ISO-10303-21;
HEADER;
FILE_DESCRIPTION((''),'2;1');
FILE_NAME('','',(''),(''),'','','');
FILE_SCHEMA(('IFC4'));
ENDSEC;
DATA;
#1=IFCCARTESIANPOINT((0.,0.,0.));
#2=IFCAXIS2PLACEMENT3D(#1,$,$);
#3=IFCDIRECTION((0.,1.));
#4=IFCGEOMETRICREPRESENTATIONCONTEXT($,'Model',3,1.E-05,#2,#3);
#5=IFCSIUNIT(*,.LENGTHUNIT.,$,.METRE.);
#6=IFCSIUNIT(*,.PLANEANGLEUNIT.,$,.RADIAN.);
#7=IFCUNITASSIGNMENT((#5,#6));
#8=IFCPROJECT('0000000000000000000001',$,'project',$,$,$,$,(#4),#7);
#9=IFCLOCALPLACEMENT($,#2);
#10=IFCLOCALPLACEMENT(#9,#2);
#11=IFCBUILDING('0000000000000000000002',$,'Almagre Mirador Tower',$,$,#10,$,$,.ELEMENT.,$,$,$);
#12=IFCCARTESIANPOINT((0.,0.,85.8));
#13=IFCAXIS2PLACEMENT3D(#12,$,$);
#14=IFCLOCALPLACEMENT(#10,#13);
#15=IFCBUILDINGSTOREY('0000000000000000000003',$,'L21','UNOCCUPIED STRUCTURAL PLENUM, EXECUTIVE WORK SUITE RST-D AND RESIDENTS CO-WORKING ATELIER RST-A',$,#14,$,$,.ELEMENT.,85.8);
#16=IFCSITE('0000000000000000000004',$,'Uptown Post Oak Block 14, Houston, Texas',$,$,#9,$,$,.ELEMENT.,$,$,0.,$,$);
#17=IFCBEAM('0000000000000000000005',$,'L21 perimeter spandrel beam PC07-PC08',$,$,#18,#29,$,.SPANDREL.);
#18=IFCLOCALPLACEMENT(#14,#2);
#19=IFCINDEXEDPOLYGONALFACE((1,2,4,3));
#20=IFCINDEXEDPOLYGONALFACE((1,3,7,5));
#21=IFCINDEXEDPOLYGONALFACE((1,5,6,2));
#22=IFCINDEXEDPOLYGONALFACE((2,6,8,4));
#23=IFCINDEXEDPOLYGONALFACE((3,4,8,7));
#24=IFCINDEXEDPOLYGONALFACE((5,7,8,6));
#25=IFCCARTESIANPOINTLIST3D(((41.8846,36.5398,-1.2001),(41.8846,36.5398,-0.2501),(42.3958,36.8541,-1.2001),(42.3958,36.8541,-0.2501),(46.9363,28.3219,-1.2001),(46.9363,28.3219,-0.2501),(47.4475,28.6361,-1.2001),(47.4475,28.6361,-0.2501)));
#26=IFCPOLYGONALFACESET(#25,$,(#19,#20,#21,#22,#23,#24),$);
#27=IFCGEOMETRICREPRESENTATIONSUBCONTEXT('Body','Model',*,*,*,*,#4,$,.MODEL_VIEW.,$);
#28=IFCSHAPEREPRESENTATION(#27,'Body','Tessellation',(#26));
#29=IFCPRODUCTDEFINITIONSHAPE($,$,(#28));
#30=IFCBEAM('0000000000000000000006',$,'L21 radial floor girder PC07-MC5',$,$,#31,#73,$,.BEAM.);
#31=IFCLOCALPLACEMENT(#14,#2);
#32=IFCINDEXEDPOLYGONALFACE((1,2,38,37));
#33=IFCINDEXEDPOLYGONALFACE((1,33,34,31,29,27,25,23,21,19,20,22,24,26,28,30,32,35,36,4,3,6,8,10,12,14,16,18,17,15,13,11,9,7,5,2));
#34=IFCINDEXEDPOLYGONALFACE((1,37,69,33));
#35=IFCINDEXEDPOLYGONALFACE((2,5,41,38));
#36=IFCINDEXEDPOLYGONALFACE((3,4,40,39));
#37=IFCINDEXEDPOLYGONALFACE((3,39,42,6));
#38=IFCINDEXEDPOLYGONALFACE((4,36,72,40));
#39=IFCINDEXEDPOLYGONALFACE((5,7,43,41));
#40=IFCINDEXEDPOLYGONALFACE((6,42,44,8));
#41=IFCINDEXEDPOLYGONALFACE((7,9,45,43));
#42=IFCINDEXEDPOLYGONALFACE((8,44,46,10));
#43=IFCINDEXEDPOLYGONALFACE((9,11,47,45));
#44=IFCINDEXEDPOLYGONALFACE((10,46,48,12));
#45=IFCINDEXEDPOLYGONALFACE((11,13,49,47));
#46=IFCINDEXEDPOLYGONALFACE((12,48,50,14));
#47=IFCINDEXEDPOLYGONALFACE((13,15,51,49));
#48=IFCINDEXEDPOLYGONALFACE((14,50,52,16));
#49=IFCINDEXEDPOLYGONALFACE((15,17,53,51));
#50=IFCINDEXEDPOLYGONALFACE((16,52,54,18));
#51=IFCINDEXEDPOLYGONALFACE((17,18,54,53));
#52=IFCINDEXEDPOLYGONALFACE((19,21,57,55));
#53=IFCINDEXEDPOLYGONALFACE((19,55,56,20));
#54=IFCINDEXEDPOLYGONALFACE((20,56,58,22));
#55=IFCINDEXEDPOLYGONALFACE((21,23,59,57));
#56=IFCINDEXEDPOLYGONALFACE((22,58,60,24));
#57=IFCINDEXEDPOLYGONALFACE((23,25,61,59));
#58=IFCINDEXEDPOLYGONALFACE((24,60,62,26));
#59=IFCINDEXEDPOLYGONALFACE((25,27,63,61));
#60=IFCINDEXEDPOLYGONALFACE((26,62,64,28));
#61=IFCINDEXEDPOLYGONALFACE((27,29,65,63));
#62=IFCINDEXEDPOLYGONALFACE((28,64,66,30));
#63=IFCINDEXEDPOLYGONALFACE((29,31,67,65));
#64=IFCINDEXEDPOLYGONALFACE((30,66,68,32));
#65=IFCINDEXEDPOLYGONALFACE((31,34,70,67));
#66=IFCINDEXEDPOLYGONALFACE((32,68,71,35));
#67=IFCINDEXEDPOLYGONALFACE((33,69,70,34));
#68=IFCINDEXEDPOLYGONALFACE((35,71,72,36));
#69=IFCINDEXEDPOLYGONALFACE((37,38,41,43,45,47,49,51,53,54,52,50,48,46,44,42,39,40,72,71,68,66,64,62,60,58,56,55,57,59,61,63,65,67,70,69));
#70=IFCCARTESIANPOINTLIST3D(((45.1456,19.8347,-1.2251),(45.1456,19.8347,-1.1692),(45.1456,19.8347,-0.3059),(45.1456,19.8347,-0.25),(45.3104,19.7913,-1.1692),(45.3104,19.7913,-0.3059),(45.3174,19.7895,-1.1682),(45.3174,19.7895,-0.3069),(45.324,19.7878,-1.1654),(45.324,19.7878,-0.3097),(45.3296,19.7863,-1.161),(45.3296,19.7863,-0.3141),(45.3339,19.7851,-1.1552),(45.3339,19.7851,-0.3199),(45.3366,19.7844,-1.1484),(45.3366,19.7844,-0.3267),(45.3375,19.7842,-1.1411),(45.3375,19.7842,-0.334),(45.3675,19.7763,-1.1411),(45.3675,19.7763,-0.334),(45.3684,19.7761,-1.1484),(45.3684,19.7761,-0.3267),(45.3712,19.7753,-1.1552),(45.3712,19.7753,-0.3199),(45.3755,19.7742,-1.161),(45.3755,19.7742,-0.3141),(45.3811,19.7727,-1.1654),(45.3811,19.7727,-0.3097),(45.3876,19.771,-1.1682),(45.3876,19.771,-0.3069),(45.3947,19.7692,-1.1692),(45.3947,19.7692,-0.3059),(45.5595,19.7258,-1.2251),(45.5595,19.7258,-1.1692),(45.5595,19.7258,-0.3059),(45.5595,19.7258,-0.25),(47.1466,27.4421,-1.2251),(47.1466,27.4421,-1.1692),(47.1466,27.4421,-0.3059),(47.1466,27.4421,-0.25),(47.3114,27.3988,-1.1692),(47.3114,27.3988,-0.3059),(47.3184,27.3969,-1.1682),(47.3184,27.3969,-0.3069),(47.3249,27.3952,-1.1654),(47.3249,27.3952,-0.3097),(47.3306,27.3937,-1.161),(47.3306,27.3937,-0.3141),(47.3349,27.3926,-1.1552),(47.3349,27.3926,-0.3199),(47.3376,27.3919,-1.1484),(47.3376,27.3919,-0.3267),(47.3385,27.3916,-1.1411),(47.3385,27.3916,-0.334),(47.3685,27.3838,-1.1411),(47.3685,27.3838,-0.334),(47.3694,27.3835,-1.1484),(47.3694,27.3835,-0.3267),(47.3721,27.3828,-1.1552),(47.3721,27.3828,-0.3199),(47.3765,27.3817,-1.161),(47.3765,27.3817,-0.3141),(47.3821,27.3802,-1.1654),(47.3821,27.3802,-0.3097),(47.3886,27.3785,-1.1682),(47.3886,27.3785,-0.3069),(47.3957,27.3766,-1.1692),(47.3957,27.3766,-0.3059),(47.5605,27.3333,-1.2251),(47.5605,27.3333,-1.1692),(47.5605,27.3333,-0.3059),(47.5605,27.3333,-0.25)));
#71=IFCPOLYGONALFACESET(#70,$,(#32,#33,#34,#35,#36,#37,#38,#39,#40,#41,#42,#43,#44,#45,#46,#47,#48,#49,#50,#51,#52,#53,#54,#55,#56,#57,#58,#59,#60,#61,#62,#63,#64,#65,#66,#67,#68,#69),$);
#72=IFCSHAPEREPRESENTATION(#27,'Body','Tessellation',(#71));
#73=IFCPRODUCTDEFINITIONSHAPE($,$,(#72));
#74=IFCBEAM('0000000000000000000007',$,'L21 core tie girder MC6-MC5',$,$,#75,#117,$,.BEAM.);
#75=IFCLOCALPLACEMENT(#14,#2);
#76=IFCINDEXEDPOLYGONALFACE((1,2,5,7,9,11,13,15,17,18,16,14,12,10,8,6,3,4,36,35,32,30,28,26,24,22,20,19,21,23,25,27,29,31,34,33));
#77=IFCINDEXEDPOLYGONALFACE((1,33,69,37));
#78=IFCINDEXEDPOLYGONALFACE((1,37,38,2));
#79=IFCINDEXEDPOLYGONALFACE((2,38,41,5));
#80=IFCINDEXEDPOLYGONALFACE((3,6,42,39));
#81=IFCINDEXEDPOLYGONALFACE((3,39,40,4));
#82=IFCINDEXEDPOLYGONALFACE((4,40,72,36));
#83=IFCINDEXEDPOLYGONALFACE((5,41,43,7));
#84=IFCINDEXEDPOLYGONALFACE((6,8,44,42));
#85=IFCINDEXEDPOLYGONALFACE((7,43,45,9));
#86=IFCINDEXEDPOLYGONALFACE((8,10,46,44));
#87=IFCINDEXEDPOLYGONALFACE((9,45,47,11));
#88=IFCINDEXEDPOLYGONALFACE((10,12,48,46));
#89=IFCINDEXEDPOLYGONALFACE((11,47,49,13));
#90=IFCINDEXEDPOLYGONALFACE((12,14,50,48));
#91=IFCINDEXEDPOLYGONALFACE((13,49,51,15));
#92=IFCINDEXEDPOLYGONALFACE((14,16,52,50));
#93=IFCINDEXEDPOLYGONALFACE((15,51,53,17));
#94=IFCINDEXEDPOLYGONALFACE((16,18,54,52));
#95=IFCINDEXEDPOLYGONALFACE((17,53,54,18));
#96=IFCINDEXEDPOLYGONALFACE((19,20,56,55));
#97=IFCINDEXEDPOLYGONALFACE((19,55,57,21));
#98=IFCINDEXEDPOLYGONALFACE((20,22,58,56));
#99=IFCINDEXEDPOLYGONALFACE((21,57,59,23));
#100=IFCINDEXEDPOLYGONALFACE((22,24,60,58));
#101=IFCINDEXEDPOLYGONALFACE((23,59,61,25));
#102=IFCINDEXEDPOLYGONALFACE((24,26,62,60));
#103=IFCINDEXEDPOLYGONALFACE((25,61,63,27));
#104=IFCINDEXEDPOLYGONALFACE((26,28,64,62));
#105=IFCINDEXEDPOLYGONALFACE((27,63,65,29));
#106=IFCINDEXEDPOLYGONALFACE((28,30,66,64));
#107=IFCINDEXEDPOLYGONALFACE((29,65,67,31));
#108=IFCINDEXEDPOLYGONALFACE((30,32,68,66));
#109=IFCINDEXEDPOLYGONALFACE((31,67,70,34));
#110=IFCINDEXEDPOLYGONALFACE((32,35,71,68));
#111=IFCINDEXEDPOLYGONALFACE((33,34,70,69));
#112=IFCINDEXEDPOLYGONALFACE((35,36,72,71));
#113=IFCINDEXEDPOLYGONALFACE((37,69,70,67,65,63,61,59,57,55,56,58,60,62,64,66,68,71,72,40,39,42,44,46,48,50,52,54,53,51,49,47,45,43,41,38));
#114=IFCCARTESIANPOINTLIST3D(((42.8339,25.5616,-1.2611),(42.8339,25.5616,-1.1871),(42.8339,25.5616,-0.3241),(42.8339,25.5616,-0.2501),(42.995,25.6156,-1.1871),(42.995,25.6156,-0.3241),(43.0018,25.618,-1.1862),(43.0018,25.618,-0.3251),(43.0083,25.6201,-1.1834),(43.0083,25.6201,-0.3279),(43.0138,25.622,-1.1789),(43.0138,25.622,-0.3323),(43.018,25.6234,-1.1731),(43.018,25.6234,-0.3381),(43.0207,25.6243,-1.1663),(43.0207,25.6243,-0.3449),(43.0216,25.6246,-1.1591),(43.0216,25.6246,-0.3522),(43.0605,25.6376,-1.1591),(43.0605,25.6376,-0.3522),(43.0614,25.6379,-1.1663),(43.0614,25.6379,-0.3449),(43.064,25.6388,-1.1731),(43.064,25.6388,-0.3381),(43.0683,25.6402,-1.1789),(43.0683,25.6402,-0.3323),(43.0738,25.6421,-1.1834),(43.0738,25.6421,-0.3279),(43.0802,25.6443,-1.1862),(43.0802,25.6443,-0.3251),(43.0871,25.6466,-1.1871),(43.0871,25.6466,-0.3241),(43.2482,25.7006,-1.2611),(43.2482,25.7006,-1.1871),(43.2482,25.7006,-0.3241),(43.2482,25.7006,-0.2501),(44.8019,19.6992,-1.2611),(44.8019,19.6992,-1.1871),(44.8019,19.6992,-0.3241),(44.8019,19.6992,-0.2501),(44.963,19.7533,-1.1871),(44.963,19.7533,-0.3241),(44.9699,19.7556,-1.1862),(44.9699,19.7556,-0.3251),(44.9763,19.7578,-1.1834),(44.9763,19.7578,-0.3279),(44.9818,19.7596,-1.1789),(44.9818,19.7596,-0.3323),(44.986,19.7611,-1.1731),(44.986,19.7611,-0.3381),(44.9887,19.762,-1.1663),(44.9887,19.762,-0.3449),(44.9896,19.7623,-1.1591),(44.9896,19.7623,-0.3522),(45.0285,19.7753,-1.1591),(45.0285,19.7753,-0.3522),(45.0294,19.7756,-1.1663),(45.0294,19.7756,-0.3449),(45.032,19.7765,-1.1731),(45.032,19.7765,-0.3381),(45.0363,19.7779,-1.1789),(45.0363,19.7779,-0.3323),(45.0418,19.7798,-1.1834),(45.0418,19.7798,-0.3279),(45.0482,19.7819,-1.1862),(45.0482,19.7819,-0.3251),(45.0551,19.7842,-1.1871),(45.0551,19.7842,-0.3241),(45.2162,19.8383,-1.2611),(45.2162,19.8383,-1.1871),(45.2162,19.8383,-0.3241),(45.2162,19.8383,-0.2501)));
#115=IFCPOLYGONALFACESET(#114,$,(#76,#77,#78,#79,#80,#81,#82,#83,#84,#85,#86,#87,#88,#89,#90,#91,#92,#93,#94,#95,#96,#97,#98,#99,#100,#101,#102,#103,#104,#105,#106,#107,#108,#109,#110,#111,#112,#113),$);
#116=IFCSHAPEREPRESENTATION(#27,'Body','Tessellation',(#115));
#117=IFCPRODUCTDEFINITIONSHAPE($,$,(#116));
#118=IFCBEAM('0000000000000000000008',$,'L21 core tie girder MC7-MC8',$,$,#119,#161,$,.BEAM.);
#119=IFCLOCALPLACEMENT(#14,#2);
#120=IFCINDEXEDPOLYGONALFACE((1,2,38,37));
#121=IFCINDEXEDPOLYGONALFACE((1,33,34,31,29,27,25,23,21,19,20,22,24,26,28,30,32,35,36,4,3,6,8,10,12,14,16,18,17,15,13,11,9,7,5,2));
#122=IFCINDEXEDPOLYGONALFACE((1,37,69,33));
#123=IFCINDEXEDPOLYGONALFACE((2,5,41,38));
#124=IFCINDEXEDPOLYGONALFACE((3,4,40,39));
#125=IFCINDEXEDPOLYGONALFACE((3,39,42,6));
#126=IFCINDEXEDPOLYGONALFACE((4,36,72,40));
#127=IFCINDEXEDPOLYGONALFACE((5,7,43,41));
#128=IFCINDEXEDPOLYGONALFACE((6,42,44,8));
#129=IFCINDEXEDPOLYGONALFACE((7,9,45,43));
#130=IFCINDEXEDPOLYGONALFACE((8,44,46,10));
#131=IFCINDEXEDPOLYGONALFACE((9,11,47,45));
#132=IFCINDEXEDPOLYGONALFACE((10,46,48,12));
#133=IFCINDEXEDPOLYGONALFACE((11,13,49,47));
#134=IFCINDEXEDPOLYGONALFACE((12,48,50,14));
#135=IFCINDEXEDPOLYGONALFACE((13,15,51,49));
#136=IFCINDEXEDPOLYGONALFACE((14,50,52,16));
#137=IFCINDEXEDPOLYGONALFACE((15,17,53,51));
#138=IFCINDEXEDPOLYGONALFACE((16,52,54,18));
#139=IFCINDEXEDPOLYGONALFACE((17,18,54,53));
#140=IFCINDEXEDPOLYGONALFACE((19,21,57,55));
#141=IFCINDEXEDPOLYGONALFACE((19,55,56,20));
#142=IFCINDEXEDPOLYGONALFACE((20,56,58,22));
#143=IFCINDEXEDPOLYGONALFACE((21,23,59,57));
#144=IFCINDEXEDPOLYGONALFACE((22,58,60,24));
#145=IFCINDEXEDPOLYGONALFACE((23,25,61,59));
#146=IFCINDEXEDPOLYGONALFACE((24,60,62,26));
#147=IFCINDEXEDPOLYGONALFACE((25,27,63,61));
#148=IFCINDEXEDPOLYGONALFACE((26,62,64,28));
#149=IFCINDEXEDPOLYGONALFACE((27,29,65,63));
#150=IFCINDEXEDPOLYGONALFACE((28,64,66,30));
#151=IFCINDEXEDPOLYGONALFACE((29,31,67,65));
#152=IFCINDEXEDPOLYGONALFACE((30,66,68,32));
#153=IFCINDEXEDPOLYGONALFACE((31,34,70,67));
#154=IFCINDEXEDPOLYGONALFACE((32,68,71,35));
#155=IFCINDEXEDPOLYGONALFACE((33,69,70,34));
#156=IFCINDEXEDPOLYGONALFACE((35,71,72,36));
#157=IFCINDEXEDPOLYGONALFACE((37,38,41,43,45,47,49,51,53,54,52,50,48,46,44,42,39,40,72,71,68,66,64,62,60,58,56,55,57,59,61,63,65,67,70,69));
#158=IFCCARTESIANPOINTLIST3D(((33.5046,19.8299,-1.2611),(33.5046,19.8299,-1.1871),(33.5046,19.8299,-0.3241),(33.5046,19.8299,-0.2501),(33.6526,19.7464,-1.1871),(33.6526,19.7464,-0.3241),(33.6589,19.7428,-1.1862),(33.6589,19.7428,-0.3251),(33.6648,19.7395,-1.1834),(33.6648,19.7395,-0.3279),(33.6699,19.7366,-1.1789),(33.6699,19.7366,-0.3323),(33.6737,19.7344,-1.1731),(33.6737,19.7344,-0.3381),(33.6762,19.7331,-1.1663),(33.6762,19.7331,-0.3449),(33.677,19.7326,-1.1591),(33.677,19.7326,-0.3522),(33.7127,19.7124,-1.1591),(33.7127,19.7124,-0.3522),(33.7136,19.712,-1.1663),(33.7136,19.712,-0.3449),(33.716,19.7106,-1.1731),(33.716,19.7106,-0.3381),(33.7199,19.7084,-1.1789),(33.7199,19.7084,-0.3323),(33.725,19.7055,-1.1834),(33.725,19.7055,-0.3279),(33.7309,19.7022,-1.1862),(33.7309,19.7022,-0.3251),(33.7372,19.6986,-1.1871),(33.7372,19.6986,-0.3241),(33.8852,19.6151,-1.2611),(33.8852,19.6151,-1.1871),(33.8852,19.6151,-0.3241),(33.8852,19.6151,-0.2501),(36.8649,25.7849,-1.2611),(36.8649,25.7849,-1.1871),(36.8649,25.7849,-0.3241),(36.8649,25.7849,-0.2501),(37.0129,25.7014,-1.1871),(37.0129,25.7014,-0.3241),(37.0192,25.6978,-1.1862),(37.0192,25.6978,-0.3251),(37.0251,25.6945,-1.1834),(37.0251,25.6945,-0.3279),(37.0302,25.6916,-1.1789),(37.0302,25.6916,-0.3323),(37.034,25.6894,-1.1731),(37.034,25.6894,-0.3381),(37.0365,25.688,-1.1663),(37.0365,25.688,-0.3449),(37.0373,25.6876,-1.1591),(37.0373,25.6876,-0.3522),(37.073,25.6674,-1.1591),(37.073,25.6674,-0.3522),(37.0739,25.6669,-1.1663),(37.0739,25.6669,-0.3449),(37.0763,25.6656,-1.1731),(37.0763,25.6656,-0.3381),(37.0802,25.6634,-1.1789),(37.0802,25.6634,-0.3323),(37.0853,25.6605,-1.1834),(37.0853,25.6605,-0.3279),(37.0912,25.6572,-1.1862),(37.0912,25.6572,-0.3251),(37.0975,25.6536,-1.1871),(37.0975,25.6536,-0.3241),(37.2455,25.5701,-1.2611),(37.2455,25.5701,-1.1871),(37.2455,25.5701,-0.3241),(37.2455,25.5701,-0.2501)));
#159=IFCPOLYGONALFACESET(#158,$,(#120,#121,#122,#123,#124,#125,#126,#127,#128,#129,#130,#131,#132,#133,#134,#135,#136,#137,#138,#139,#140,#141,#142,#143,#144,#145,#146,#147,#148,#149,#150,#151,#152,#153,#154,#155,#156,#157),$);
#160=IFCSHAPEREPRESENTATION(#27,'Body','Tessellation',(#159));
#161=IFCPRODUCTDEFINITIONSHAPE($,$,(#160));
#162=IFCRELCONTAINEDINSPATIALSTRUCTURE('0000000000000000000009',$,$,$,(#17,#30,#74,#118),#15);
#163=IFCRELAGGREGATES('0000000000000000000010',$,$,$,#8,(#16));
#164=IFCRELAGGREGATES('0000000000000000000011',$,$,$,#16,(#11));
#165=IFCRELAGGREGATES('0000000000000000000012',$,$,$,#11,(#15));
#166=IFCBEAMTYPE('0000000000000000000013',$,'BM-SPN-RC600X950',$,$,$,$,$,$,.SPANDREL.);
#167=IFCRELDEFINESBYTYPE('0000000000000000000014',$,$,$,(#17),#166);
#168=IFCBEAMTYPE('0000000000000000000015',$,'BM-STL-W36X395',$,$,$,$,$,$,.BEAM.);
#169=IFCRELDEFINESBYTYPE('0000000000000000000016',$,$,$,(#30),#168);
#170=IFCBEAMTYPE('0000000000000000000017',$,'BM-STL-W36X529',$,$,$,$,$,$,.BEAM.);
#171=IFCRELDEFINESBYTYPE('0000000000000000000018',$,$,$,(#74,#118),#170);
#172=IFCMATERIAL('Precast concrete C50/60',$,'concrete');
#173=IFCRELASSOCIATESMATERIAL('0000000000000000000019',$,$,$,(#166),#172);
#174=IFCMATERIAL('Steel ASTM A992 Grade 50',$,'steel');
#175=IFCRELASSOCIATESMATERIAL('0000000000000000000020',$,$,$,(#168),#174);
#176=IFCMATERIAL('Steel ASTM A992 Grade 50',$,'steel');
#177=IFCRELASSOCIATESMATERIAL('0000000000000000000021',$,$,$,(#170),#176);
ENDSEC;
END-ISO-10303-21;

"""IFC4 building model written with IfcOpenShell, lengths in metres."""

from ifc_helpers import new_model, si_unit, direction, frame, origin, origin_2d, place, context, subcontext, project, spatial, rectangle, i_section, extrude, material, material_profile, profile_set, type_object, element, save


model = new_model("IFC4")

# Units and contexts
model_context = context("Model", 3, precision=1e-05, world=origin(), true_north=direction((0.0, 1.0)))
body_context = subcontext(model_context, "Body", "Model", "MODEL_VIEW")
ifc_project = project(units=[si_unit("LENGTHUNIT", "METRE"), si_unit("PLANEANGLEUNIT", "RADIAN")], contexts=[model_context])

# Site, building, storey
site_placement = place(None, origin())
site = spatial("IfcSite", under=ifc_project, at=site_placement, Name="Uptown Post Oak Block 14, Houston, Texas", CompositionType="ELEMENT", RefElevation=0.0)
building_placement = place(site_placement, origin())
building = spatial("IfcBuilding", under=site, at=building_placement, Name="Almagre Mirador Tower", CompositionType="ELEMENT")
storey_placement = place(building_placement, frame((0.0, 0.0, 85.8)))
storey = spatial("IfcBuildingStorey", under=building, at=storey_placement, Name="L21", Description="UNOCCUPIED STRUCTURAL PLENUM, EXECUTIVE WORK SUITE RST-D AND RESIDENTS CO-WORKING ATELIER RST-A", CompositionType="ELEMENT", Elevation=85.8)

# Beams
ifc_material_1 = material(Name="Precast concrete C50/60", Category="concrete")
ifc_material_profile_1 = material_profile(ifc_material_1, rectangle(XDim=0.6001, YDim=0.95, at=origin_2d()), Name="RC600X950")
ifc_profile_set_1 = profile_set([ifc_material_profile_1], Name="Precast concrete C50/60")
beam_type_1 = type_object("IfcBeamType", Name="BM-SPN-RC600X950", PredefinedType="SPANDREL", material=ifc_profile_set_1)
beam_1_placement = place(storey_placement, frame((47.1919, 28.479, -0.7251), z_axis=(-0.523685, 0.851912, 0.0), x_axis=(-0.851912, -0.523685, 0.0)))
element("IfcBeam", 1, at=beam_1_placement, inside=storey, type_object=beam_type_1, Name="L21 perimeter spandrel beam PC07-PC08", PredefinedType="SPANDREL", context=body_context, shape_type="SweptSolid", body=[
    extrude(rectangle(XDim=0.6001, YDim=0.95, at=origin_2d()), origin(), (0.0, 0.0, 1.0), 9.6465),
])
ifc_material_2 = material(Name="Steel ASTM A992 Grade 50", Category="steel")
ifc_material_profile_2 = material_profile(ifc_material_2, i_section(OverallWidth=0.428, OverallDepth=0.9751, WebThickness=0.031, FlangeThickness=0.0559, FilletRadius=0.0281, at=origin_2d()), Name="W36X395")
ifc_profile_set_2 = profile_set([ifc_material_profile_2], Name="Steel ASTM A992 Grade 50")
beam_type_2 = type_object("IfcBeamType", Name="BM-STL-W36X395", PredefinedType="BEAM", material=ifc_profile_set_2)
beam_2_placement = place(storey_placement, frame((47.3535, 27.3877, -0.7375), z_axis=(-0.254377, -0.967105, 0.0), x_axis=(0.967105, -0.254377, 0.0)))
element("IfcBeam", 2, at=beam_2_placement, inside=storey, type_object=beam_type_2, Name="L21 radial floor girder PC07-MC5", PredefinedType="BEAM", context=body_context, shape_type="SweptSolid", body=[
    extrude(i_section(OverallWidth=0.428, OverallDepth=0.9751, WebThickness=0.031, FlangeThickness=0.0559, FilletRadius=0.0281, at=origin_2d()), origin(), (0.0, 0.0, 1.0), 7.8662),
])
ifc_material_3 = material(Name="Steel ASTM A992 Grade 50", Category="steel")
ifc_material_profile_3 = material_profile(ifc_material_3, i_section(OverallWidth=0.437, OverallDepth=1.011, WebThickness=0.041, FlangeThickness=0.074, FilletRadius=0.0281, at=origin_2d()), Name="W36X529")
ifc_profile_set_3 = profile_set([ifc_material_profile_3], Name="Steel ASTM A992 Grade 50")
beam_type_3 = type_object("IfcBeamType", Name="BM-STL-W36X529", PredefinedType="BEAM", material=ifc_profile_set_3)
beam_3_placement = place(storey_placement, frame((43.041, 25.6311, -0.7556), z_axis=(0.318252, -0.948006, 0.0), x_axis=(0.948006, 0.318252, 0.0)))
element("IfcBeam", 3, at=beam_3_placement, inside=storey, type_object=beam_type_3, Name="L21 core tie girder MC6-MC5", PredefinedType="BEAM", context=body_context, shape_type="SweptSolid", body=[
    extrude(i_section(OverallWidth=0.437, OverallDepth=1.011, WebThickness=0.041, FlangeThickness=0.074, FilletRadius=0.0281, at=origin_2d()), origin(), (0.0, 0.0, 1.0), 6.1838),
])
beam_4_placement = place(storey_placement, frame((37.0552, 25.6775, -0.7556), z_axis=(-0.491441, -0.870911, 0.0), x_axis=(0.870911, -0.491441, 0.0)))
element("IfcBeam", 4, at=beam_4_placement, inside=storey, type_object=beam_type_3, Name="L21 core tie girder MC7-MC8", PredefinedType="BEAM", context=body_context, shape_type="SweptSolid", body=[
    extrude(i_section(OverallWidth=0.437, OverallDepth=1.011, WebThickness=0.041, FlangeThickness=0.074, FilletRadius=0.0281, at=origin_2d()), origin(), (0.0, 0.0, 1.0), 6.8376),
])

save(model, "model.ifc")
